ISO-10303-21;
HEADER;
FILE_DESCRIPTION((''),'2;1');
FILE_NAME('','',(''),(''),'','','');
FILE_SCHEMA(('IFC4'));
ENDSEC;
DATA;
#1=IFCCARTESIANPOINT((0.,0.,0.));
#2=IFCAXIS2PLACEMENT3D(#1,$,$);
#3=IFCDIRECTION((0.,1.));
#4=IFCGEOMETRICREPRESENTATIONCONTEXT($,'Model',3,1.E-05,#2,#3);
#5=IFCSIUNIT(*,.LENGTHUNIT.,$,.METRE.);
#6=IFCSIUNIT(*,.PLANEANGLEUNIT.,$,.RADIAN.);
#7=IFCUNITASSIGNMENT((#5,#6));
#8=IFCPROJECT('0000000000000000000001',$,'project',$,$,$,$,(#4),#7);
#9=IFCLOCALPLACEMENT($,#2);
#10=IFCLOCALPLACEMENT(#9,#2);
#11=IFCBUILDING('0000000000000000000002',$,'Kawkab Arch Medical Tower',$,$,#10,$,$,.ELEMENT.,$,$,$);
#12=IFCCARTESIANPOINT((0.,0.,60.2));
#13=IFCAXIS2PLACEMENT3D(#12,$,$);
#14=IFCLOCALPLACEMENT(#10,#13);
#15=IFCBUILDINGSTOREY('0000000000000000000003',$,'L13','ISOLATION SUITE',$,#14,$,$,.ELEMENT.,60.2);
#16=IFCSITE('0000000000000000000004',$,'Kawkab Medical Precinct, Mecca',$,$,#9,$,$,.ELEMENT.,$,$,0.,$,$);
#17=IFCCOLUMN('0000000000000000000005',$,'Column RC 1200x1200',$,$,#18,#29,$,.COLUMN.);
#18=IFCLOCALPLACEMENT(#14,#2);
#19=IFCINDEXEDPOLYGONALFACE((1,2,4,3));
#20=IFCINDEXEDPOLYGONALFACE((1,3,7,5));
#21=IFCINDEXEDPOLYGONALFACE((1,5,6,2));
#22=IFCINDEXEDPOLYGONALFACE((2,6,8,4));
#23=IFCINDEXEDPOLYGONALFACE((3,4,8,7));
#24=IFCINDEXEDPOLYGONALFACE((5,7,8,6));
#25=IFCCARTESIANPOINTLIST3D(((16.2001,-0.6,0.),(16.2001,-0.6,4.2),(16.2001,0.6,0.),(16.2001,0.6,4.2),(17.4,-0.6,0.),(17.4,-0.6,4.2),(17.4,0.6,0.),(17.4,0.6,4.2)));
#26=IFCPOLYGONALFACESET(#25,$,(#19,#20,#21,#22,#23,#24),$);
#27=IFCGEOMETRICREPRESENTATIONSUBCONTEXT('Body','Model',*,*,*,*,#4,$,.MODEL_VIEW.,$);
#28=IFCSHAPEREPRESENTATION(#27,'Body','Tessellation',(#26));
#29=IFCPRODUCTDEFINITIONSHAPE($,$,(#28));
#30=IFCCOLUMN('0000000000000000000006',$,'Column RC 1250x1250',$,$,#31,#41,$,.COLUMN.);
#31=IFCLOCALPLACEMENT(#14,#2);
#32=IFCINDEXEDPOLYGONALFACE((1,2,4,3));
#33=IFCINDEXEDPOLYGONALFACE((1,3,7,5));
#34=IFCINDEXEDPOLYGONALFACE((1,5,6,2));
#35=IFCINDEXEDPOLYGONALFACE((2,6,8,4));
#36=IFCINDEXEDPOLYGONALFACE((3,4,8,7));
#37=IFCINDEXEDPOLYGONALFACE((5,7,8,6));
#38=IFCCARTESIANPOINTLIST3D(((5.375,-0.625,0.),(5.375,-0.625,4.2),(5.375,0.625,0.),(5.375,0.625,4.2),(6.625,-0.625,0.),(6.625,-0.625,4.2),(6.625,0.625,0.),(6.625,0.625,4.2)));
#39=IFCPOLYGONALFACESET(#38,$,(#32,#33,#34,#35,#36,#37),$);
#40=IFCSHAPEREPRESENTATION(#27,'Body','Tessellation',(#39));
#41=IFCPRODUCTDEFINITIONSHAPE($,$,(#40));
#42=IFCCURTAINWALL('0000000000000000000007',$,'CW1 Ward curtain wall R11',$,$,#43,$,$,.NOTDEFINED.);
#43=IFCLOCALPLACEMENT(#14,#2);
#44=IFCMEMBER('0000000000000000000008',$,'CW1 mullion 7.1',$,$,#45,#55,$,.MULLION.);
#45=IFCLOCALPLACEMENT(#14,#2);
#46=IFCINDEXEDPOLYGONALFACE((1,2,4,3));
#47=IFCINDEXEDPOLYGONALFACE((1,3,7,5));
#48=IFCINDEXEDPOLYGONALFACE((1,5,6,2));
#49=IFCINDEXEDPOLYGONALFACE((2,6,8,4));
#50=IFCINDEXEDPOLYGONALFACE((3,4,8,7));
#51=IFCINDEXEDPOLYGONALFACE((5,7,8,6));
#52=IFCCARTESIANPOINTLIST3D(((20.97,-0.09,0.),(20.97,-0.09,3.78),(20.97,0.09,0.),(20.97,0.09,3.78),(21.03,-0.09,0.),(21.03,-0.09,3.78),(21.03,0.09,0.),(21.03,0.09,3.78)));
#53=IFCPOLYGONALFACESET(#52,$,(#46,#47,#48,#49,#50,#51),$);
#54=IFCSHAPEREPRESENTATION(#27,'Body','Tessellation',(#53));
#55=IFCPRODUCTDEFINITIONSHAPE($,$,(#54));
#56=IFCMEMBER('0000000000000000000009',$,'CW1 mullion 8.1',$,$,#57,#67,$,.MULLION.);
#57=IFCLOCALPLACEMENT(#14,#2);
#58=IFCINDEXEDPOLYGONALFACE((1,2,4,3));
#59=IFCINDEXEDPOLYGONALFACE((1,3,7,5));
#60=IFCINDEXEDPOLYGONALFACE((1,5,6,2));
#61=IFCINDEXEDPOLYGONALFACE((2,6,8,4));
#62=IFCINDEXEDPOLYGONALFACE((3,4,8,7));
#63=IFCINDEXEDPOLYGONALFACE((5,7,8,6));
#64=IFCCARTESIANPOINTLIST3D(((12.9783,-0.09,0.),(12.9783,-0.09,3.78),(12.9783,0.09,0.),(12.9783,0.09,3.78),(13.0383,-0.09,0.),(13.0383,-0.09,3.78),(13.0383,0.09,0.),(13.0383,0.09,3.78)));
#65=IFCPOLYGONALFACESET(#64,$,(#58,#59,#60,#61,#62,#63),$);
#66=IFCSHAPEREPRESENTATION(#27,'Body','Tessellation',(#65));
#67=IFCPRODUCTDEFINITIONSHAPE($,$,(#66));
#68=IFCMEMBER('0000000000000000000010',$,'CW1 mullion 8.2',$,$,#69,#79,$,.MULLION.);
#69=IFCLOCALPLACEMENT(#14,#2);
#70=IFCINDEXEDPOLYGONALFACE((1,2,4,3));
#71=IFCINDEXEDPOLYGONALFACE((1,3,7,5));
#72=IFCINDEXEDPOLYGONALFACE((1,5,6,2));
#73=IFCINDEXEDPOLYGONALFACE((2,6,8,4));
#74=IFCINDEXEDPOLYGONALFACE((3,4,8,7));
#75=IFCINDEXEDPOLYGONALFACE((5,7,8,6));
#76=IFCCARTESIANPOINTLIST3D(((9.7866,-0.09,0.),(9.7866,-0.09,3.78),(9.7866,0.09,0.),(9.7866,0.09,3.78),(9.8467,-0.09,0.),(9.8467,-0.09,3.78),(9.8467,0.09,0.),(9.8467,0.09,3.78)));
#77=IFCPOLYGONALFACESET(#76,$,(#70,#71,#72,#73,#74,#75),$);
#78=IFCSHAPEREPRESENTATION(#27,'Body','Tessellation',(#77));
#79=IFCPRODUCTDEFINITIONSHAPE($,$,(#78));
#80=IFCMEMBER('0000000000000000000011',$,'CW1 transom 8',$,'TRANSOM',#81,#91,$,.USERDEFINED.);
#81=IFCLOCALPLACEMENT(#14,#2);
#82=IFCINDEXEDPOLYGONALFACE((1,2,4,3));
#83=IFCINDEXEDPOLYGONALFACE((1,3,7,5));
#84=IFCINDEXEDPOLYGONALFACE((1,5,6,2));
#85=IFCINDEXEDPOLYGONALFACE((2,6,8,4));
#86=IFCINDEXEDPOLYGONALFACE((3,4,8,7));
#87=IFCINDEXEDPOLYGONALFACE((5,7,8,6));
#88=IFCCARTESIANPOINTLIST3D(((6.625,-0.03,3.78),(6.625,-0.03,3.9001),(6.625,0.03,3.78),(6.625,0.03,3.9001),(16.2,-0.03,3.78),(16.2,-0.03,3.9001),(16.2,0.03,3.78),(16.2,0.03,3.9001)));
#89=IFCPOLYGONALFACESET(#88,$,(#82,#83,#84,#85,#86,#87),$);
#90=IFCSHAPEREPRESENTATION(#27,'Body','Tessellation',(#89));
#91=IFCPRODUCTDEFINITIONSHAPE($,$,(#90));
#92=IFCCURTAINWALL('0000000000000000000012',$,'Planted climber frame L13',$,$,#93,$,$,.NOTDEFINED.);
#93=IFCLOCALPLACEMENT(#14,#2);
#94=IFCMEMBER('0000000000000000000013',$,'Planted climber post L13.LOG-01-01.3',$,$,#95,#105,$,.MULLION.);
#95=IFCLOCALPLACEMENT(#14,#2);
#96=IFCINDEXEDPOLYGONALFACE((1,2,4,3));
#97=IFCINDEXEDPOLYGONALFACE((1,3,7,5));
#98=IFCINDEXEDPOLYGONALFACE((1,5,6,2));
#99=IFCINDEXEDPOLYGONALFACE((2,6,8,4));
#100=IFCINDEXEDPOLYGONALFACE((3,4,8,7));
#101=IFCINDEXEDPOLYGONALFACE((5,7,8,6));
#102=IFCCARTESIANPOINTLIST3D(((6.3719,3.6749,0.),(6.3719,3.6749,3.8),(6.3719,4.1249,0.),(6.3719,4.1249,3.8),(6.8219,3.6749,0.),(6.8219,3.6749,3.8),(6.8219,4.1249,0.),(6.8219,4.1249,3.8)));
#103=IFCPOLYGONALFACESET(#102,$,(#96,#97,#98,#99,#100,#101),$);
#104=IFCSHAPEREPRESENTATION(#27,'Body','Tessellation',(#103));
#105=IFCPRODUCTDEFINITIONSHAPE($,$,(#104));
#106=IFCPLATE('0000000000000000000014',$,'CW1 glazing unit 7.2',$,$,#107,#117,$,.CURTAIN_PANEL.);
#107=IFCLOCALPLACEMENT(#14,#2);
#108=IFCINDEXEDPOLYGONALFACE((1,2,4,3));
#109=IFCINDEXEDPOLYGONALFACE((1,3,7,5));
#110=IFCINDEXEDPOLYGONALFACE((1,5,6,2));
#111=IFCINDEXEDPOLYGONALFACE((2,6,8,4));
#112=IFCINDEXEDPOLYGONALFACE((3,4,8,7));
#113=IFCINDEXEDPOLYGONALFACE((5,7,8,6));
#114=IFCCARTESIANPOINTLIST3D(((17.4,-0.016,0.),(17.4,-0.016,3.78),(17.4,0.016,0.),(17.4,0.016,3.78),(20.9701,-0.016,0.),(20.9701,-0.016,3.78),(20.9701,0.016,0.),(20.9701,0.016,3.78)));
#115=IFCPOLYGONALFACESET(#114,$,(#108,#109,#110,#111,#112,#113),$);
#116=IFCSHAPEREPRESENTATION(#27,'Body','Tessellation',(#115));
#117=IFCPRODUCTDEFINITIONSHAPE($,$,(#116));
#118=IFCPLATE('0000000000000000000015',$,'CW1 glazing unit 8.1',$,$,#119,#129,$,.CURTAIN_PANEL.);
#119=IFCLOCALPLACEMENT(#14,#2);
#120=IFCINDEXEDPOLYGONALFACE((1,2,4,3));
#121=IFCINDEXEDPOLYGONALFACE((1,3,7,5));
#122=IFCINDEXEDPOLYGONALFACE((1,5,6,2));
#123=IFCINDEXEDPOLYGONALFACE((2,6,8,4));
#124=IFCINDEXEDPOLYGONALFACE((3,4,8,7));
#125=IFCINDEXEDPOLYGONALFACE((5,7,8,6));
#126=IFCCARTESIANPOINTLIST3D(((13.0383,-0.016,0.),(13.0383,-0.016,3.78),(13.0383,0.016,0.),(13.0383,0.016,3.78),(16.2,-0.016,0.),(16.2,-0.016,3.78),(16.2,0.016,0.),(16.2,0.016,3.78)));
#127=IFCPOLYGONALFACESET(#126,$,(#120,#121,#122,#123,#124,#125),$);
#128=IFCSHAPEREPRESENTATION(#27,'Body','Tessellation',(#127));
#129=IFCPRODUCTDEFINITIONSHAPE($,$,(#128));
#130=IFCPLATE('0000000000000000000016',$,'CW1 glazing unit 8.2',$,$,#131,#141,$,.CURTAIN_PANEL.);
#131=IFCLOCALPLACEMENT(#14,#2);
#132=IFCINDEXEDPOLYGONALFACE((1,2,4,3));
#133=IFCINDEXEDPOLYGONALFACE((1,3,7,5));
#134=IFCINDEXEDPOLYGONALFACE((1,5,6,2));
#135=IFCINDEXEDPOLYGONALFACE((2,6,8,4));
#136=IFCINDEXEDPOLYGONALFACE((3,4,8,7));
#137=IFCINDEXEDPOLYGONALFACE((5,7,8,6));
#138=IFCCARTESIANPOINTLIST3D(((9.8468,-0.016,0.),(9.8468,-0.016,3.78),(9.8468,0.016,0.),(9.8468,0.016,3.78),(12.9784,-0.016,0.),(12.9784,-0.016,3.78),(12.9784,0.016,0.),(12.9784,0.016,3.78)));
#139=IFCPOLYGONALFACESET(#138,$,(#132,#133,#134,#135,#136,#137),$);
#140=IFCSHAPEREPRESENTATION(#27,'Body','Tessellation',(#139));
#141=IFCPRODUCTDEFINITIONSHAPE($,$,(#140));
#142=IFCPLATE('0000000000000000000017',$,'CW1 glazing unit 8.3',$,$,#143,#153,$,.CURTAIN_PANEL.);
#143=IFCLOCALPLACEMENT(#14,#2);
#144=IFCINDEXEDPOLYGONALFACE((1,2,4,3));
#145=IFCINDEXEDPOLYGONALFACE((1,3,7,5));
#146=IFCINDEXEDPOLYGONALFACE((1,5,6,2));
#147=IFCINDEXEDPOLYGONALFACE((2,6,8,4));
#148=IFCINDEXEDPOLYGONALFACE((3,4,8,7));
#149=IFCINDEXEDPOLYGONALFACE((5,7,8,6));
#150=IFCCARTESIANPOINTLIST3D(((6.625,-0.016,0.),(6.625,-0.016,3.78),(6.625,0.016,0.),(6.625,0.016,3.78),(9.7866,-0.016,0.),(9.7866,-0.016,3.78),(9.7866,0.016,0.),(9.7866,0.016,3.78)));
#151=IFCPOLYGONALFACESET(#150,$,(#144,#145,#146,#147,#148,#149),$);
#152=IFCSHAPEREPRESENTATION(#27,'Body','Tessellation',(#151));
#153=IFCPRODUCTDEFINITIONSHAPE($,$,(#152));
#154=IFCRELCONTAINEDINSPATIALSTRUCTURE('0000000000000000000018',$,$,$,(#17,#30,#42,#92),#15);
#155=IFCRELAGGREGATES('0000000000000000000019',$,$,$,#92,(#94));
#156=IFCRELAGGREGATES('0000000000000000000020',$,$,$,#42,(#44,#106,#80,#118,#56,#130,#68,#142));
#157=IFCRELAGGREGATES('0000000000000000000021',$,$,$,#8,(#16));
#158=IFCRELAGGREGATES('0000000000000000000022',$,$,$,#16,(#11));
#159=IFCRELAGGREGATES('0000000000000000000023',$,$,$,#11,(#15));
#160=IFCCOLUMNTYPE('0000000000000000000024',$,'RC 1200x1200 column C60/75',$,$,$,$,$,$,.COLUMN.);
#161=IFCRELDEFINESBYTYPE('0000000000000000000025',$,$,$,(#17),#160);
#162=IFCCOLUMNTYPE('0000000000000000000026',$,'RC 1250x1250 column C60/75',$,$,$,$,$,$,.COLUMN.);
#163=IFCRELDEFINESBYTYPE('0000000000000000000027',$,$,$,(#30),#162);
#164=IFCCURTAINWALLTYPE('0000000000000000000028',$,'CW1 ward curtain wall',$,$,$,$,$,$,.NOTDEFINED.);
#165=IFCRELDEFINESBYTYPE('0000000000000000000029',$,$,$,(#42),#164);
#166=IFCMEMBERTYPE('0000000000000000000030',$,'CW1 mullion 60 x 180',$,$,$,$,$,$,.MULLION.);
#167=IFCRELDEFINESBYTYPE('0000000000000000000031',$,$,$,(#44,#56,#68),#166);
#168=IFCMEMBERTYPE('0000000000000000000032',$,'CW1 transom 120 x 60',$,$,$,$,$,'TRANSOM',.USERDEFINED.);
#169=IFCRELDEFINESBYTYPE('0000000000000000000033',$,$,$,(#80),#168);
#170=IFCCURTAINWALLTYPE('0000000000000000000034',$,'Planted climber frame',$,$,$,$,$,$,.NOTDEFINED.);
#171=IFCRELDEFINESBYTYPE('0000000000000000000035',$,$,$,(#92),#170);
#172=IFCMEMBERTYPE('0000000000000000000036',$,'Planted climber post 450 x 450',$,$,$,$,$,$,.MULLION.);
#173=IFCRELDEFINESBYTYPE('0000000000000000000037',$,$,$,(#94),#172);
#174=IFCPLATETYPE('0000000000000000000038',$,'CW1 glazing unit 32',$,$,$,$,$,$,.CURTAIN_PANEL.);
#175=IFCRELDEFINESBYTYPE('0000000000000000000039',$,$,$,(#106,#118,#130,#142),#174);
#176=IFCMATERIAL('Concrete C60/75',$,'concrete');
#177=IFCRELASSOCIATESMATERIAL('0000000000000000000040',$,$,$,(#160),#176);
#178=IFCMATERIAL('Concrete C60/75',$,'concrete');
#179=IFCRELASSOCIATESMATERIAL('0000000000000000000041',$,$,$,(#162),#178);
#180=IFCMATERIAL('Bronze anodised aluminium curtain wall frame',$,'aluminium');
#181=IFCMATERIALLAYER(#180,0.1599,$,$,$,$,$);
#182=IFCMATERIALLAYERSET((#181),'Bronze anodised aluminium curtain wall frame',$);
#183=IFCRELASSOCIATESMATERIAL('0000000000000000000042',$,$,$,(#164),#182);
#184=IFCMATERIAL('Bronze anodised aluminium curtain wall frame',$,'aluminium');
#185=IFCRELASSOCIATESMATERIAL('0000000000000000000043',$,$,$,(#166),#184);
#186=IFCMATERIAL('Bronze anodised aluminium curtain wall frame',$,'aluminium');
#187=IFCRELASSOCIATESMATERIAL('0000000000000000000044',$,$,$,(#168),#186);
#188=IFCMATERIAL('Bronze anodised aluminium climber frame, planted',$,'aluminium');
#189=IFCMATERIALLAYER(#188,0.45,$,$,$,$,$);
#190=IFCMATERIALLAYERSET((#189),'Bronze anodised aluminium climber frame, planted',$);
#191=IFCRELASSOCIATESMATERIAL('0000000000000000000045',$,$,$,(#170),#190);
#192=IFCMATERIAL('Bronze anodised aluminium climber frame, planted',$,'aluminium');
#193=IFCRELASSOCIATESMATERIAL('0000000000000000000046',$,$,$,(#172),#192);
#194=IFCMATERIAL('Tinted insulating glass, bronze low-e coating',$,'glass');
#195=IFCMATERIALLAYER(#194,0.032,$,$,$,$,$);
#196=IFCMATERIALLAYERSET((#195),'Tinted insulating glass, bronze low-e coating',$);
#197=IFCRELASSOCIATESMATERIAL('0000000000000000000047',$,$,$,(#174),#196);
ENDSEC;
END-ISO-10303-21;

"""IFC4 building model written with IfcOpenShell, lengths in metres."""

from ifc_helpers import new_model, si_unit, direction, frame, origin, origin_2d, place, context, subcontext, project, spatial, rectangle, extrude, material, layer, layer_set, material_profile, profile_set, type_object, element, aggregate, save


model = new_model("IFC4")

# Units and contexts
model_context = context("Model", 3, precision=1e-05, world=origin(), true_north=direction((0.0, 1.0)))
body_context = subcontext(model_context, "Body", "Model", "MODEL_VIEW")
ifc_project = project(units=[si_unit("LENGTHUNIT", "METRE"), si_unit("PLANEANGLEUNIT", "RADIAN")], contexts=[model_context])

# Site, building, storey
site_placement = place(None, origin())
site = spatial("IfcSite", under=ifc_project, at=site_placement, Name="Kawkab Medical Precinct, Mecca", CompositionType="ELEMENT", RefElevation=0.0)
building_placement = place(site_placement, origin())
building = spatial("IfcBuilding", under=site, at=building_placement, Name="Kawkab Arch Medical Tower", CompositionType="ELEMENT")
storey_placement = place(building_placement, frame((0.0, 0.0, 60.2)))
storey = spatial("IfcBuildingStorey", under=building, at=storey_placement, Name="L13", Description="ISOLATION SUITE", CompositionType="ELEMENT", Elevation=60.2)

# Columns
ifc_material_1 = material(Name="Concrete C60/75", Category="concrete")
ifc_material_profile_1 = material_profile(ifc_material_1, rectangle(XDim=1.2, YDim=1.2, at=origin_2d()), Name="RC 1200x1200")
ifc_profile_set_1 = profile_set([ifc_material_profile_1], Name="Concrete C60/75")
column_type_1 = type_object("IfcColumnType", Name="RC 1200x1200 column C60/75", PredefinedType="COLUMN", material=ifc_profile_set_1)
column_1_placement = place(storey_placement, frame((16.8, 0.0, 0.0), z_axis=(0.0, 0.0, 1.0), x_axis=(1.0, 0.0, 0.0)))
element("IfcColumn", 1, at=column_1_placement, inside=storey, type_object=column_type_1, Name="Column RC 1200x1200", PredefinedType="COLUMN", context=body_context, shape_type="SweptSolid", body=[
    extrude(rectangle(XDim=1.2, YDim=1.2, at=origin_2d()), origin(), (0.0, 0.0, 1.0), 4.2),
])
ifc_material_2 = material(Name="Concrete C60/75", Category="concrete")
ifc_material_profile_2 = material_profile(ifc_material_2, rectangle(XDim=1.25, YDim=1.25, at=origin_2d()), Name="RC 1250x1250")
ifc_profile_set_2 = profile_set([ifc_material_profile_2], Name="Concrete C60/75")
column_type_2 = type_object("IfcColumnType", Name="RC 1250x1250 column C60/75", PredefinedType="COLUMN", material=ifc_profile_set_2)
column_2_placement = place(storey_placement, frame((6.0, 0.0, 0.0), z_axis=(0.0, 0.0, 1.0), x_axis=(1.0, 0.0, 0.0)))
element("IfcColumn", 2, at=column_2_placement, inside=storey, type_object=column_type_2, Name="Column RC 1250x1250", PredefinedType="COLUMN", context=body_context, shape_type="SweptSolid", body=[
    extrude(rectangle(XDim=1.25, YDim=1.25, at=origin_2d()), origin(), (0.0, 0.0, 1.0), 4.2),
])

# Curtain wall, members
ifc_material_3 = material(Name="Bronze anodised aluminium curtain wall frame", Category="aluminium")
ifc_layer_1 = layer(ifc_material_3, 0.1599)
ifc_layer_set_1 = layer_set([ifc_layer_1], Name="Bronze anodised aluminium curtain wall frame")
curtain_wall_type_1 = type_object("IfcCurtainWallType", Name="CW1 ward curtain wall", PredefinedType="NOTDEFINED", material=ifc_layer_set_1)
placement = place(storey_placement, origin())
curtain_wall_1 = element("IfcCurtainWall", 3, at=placement, inside=storey, type_object=curtain_wall_type_1, Name="CW1 Ward curtain wall R11", PredefinedType="NOTDEFINED")
ifc_material_4 = material(Name="Bronze anodised aluminium curtain wall frame", Category="aluminium")
ifc_material_profile_3 = material_profile(ifc_material_4, rectangle(XDim=0.1799, YDim=0.0601, at=origin_2d()), Name="AL 60x180")
ifc_profile_set_3 = profile_set([ifc_material_profile_3], Name="Bronze anodised aluminium curtain wall frame")
member_type_1 = type_object("IfcMemberType", Name="CW1 mullion 60 x 180", PredefinedType="MULLION", material=ifc_profile_set_3)
member_1_placement = place(storey_placement, frame((21.0, 0.0, 0.0), z_axis=(0.0, 0.0, 1.0), x_axis=(0.0, -1.0, 0.0)))
member_1 = element("IfcMember", 4, at=member_1_placement, type_object=member_type_1, Name="CW1 mullion 7.1", PredefinedType="MULLION", context=body_context, shape_type="SweptSolid", body=[
    extrude(rectangle(XDim=0.1799, YDim=0.0601, at=origin_2d()), origin(), (0.0, 0.0, 1.0), 3.78),
])
member_2_placement = place(storey_placement, frame((13.0083, 0.0, 0.0), z_axis=(0.0, 0.0, 1.0), x_axis=(0.0, -1.0, 0.0)))
member_2 = element("IfcMember", 5, at=member_2_placement, type_object=member_type_1, Name="CW1 mullion 8.1", PredefinedType="MULLION", context=body_context, shape_type="SweptSolid", body=[
    extrude(rectangle(XDim=0.1799, YDim=0.0601, at=origin_2d()), origin(), (0.0, 0.0, 1.0), 3.78),
])
member_3_placement = place(storey_placement, frame((9.8167, 0.0, 0.0), z_axis=(0.0, 0.0, 1.0), x_axis=(0.0, -1.0, 0.0)))
member_3 = element("IfcMember", 6, at=member_3_placement, type_object=member_type_1, Name="CW1 mullion 8.2", PredefinedType="MULLION", context=body_context, shape_type="SweptSolid", body=[
    extrude(rectangle(XDim=0.1799, YDim=0.0601, at=origin_2d()), origin(), (0.0, 0.0, 1.0), 3.78),
])
ifc_material_5 = material(Name="Bronze anodised aluminium curtain wall frame", Category="aluminium")
ifc_material_profile_4 = material_profile(ifc_material_5, rectangle(XDim=0.0601, YDim=0.1201, at=origin_2d()), Name="AL 60x120")
ifc_profile_set_4 = profile_set([ifc_material_profile_4], Name="Bronze anodised aluminium curtain wall frame")
member_type_2 = type_object("IfcMemberType", Name="CW1 transom 120 x 60", ElementType="TRANSOM", PredefinedType="USERDEFINED", material=ifc_profile_set_4)
member_4_placement = place(storey_placement, frame((16.2, 0.0, 3.8401), z_axis=(-1.0, 0.0, 0.0), x_axis=(0.0, -1.0, 0.0)))
member_4 = element("IfcMember", 7, at=member_4_placement, type_object=member_type_2, Name="CW1 transom 8", ObjectType="TRANSOM", PredefinedType="USERDEFINED", context=body_context, shape_type="SweptSolid", body=[
    extrude(rectangle(XDim=0.0601, YDim=0.1201, at=origin_2d()), origin(), (0.0, 0.0, 1.0), 9.575),
])

# Curtain wall, member
ifc_material_6 = material(Name="Bronze anodised aluminium climber frame, planted", Category="aluminium")
ifc_layer_2 = layer(ifc_material_6, 0.45)
ifc_layer_set_2 = layer_set([ifc_layer_2], Name="Bronze anodised aluminium climber frame, planted")
curtain_wall_type_2 = type_object("IfcCurtainWallType", Name="Planted climber frame", PredefinedType="NOTDEFINED", material=ifc_layer_set_2)
curtain_wall_2 = element("IfcCurtainWall", 8, at=placement, inside=storey, type_object=curtain_wall_type_2, Name="Planted climber frame L13", PredefinedType="NOTDEFINED")
ifc_material_7 = material(Name="Bronze anodised aluminium climber frame, planted", Category="aluminium")
ifc_material_profile_5 = material_profile(ifc_material_7, rectangle(XDim=0.45, YDim=0.45, at=origin_2d()), Name="Post 450x450")
ifc_profile_set_5 = profile_set([ifc_material_profile_5], Name="Bronze anodised aluminium climber frame, planted")
member_type_3 = type_object("IfcMemberType", Name="Planted climber post 450 x 450", PredefinedType="MULLION", material=ifc_profile_set_5)
member_5_placement = place(storey_placement, frame((6.5969, 3.8999, 0.0), z_axis=(0.0, 0.0, 1.0), x_axis=(1.0, 0.0, 0.0)))
member_5 = element("IfcMember", 9, at=member_5_placement, type_object=member_type_3, Name="Planted climber post L13.LOG-01-01.3", PredefinedType="MULLION", context=body_context, shape_type="SweptSolid", body=[
    extrude(rectangle(XDim=0.45, YDim=0.45, at=origin_2d()), origin(), (0.0, 0.0, 1.0), 3.8),
])
aggregate(curtain_wall_2, [member_5])

# Plates
ifc_material_8 = material(Name="Tinted insulating glass, bronze low-e coating", Category="glass")
ifc_layer_3 = layer(ifc_material_8, 0.032)
ifc_layer_set_3 = layer_set([ifc_layer_3], Name="Tinted insulating glass, bronze low-e coating")
plate_type = type_object("IfcPlateType", Name="CW1 glazing unit 32", PredefinedType="CURTAIN_PANEL", material=ifc_layer_set_3)
plate_1_placement = place(storey_placement, frame((19.1851, 0.0, 0.0), z_axis=(0.0, 0.0, 1.0), x_axis=(-1.0, 0.0, 0.0)))
plate_1 = element("IfcPlate", 10, at=plate_1_placement, type_object=plate_type, Name="CW1 glazing unit 7.2", PredefinedType="CURTAIN_PANEL", context=body_context, shape_type="SweptSolid", body=[
    extrude(rectangle(XDim=3.5701, YDim=0.032, at=origin_2d()), origin(), (0.0, 0.0, 1.0), 3.78),
])
plate_2_placement = place(storey_placement, frame((14.6191, 0.0, 0.0), z_axis=(0.0, 0.0, 1.0), x_axis=(-1.0, 0.0, 0.0)))
plate_2 = element("IfcPlate", 11, at=plate_2_placement, type_object=plate_type, Name="CW1 glazing unit 8.1", PredefinedType="CURTAIN_PANEL", context=body_context, shape_type="SweptSolid", body=[
    extrude(rectangle(XDim=3.1616, YDim=0.032, at=origin_2d()), origin(), (0.0, 0.0, 1.0), 3.78),
])
plate_3_placement = place(storey_placement, frame((11.4126, 0.0, 0.0), z_axis=(0.0, 0.0, 1.0), x_axis=(-1.0, 0.0, 0.0)))
plate_3 = element("IfcPlate", 12, at=plate_3_placement, type_object=plate_type, Name="CW1 glazing unit 8.2", PredefinedType="CURTAIN_PANEL", context=body_context, shape_type="SweptSolid", body=[
    extrude(rectangle(XDim=3.1316, YDim=0.032, at=origin_2d()), origin(), (0.0, 0.0, 1.0), 3.78),
])
plate_4_placement = place(storey_placement, frame((8.2058, 0.0, 0.0), z_axis=(0.0, 0.0, 1.0), x_axis=(-1.0, 0.0, 0.0)))
plate_4 = element("IfcPlate", 13, at=plate_4_placement, type_object=plate_type, Name="CW1 glazing unit 8.3", PredefinedType="CURTAIN_PANEL", context=body_context, shape_type="SweptSolid", body=[
    extrude(rectangle(XDim=3.1616, YDim=0.032, at=origin_2d()), origin(), (0.0, 0.0, 1.0), 3.78),
])
aggregate(curtain_wall_1, [member_1, plate_1, member_4, plate_2, member_2, plate_3, member_3, plate_4])

save(model, "model.ifc")
